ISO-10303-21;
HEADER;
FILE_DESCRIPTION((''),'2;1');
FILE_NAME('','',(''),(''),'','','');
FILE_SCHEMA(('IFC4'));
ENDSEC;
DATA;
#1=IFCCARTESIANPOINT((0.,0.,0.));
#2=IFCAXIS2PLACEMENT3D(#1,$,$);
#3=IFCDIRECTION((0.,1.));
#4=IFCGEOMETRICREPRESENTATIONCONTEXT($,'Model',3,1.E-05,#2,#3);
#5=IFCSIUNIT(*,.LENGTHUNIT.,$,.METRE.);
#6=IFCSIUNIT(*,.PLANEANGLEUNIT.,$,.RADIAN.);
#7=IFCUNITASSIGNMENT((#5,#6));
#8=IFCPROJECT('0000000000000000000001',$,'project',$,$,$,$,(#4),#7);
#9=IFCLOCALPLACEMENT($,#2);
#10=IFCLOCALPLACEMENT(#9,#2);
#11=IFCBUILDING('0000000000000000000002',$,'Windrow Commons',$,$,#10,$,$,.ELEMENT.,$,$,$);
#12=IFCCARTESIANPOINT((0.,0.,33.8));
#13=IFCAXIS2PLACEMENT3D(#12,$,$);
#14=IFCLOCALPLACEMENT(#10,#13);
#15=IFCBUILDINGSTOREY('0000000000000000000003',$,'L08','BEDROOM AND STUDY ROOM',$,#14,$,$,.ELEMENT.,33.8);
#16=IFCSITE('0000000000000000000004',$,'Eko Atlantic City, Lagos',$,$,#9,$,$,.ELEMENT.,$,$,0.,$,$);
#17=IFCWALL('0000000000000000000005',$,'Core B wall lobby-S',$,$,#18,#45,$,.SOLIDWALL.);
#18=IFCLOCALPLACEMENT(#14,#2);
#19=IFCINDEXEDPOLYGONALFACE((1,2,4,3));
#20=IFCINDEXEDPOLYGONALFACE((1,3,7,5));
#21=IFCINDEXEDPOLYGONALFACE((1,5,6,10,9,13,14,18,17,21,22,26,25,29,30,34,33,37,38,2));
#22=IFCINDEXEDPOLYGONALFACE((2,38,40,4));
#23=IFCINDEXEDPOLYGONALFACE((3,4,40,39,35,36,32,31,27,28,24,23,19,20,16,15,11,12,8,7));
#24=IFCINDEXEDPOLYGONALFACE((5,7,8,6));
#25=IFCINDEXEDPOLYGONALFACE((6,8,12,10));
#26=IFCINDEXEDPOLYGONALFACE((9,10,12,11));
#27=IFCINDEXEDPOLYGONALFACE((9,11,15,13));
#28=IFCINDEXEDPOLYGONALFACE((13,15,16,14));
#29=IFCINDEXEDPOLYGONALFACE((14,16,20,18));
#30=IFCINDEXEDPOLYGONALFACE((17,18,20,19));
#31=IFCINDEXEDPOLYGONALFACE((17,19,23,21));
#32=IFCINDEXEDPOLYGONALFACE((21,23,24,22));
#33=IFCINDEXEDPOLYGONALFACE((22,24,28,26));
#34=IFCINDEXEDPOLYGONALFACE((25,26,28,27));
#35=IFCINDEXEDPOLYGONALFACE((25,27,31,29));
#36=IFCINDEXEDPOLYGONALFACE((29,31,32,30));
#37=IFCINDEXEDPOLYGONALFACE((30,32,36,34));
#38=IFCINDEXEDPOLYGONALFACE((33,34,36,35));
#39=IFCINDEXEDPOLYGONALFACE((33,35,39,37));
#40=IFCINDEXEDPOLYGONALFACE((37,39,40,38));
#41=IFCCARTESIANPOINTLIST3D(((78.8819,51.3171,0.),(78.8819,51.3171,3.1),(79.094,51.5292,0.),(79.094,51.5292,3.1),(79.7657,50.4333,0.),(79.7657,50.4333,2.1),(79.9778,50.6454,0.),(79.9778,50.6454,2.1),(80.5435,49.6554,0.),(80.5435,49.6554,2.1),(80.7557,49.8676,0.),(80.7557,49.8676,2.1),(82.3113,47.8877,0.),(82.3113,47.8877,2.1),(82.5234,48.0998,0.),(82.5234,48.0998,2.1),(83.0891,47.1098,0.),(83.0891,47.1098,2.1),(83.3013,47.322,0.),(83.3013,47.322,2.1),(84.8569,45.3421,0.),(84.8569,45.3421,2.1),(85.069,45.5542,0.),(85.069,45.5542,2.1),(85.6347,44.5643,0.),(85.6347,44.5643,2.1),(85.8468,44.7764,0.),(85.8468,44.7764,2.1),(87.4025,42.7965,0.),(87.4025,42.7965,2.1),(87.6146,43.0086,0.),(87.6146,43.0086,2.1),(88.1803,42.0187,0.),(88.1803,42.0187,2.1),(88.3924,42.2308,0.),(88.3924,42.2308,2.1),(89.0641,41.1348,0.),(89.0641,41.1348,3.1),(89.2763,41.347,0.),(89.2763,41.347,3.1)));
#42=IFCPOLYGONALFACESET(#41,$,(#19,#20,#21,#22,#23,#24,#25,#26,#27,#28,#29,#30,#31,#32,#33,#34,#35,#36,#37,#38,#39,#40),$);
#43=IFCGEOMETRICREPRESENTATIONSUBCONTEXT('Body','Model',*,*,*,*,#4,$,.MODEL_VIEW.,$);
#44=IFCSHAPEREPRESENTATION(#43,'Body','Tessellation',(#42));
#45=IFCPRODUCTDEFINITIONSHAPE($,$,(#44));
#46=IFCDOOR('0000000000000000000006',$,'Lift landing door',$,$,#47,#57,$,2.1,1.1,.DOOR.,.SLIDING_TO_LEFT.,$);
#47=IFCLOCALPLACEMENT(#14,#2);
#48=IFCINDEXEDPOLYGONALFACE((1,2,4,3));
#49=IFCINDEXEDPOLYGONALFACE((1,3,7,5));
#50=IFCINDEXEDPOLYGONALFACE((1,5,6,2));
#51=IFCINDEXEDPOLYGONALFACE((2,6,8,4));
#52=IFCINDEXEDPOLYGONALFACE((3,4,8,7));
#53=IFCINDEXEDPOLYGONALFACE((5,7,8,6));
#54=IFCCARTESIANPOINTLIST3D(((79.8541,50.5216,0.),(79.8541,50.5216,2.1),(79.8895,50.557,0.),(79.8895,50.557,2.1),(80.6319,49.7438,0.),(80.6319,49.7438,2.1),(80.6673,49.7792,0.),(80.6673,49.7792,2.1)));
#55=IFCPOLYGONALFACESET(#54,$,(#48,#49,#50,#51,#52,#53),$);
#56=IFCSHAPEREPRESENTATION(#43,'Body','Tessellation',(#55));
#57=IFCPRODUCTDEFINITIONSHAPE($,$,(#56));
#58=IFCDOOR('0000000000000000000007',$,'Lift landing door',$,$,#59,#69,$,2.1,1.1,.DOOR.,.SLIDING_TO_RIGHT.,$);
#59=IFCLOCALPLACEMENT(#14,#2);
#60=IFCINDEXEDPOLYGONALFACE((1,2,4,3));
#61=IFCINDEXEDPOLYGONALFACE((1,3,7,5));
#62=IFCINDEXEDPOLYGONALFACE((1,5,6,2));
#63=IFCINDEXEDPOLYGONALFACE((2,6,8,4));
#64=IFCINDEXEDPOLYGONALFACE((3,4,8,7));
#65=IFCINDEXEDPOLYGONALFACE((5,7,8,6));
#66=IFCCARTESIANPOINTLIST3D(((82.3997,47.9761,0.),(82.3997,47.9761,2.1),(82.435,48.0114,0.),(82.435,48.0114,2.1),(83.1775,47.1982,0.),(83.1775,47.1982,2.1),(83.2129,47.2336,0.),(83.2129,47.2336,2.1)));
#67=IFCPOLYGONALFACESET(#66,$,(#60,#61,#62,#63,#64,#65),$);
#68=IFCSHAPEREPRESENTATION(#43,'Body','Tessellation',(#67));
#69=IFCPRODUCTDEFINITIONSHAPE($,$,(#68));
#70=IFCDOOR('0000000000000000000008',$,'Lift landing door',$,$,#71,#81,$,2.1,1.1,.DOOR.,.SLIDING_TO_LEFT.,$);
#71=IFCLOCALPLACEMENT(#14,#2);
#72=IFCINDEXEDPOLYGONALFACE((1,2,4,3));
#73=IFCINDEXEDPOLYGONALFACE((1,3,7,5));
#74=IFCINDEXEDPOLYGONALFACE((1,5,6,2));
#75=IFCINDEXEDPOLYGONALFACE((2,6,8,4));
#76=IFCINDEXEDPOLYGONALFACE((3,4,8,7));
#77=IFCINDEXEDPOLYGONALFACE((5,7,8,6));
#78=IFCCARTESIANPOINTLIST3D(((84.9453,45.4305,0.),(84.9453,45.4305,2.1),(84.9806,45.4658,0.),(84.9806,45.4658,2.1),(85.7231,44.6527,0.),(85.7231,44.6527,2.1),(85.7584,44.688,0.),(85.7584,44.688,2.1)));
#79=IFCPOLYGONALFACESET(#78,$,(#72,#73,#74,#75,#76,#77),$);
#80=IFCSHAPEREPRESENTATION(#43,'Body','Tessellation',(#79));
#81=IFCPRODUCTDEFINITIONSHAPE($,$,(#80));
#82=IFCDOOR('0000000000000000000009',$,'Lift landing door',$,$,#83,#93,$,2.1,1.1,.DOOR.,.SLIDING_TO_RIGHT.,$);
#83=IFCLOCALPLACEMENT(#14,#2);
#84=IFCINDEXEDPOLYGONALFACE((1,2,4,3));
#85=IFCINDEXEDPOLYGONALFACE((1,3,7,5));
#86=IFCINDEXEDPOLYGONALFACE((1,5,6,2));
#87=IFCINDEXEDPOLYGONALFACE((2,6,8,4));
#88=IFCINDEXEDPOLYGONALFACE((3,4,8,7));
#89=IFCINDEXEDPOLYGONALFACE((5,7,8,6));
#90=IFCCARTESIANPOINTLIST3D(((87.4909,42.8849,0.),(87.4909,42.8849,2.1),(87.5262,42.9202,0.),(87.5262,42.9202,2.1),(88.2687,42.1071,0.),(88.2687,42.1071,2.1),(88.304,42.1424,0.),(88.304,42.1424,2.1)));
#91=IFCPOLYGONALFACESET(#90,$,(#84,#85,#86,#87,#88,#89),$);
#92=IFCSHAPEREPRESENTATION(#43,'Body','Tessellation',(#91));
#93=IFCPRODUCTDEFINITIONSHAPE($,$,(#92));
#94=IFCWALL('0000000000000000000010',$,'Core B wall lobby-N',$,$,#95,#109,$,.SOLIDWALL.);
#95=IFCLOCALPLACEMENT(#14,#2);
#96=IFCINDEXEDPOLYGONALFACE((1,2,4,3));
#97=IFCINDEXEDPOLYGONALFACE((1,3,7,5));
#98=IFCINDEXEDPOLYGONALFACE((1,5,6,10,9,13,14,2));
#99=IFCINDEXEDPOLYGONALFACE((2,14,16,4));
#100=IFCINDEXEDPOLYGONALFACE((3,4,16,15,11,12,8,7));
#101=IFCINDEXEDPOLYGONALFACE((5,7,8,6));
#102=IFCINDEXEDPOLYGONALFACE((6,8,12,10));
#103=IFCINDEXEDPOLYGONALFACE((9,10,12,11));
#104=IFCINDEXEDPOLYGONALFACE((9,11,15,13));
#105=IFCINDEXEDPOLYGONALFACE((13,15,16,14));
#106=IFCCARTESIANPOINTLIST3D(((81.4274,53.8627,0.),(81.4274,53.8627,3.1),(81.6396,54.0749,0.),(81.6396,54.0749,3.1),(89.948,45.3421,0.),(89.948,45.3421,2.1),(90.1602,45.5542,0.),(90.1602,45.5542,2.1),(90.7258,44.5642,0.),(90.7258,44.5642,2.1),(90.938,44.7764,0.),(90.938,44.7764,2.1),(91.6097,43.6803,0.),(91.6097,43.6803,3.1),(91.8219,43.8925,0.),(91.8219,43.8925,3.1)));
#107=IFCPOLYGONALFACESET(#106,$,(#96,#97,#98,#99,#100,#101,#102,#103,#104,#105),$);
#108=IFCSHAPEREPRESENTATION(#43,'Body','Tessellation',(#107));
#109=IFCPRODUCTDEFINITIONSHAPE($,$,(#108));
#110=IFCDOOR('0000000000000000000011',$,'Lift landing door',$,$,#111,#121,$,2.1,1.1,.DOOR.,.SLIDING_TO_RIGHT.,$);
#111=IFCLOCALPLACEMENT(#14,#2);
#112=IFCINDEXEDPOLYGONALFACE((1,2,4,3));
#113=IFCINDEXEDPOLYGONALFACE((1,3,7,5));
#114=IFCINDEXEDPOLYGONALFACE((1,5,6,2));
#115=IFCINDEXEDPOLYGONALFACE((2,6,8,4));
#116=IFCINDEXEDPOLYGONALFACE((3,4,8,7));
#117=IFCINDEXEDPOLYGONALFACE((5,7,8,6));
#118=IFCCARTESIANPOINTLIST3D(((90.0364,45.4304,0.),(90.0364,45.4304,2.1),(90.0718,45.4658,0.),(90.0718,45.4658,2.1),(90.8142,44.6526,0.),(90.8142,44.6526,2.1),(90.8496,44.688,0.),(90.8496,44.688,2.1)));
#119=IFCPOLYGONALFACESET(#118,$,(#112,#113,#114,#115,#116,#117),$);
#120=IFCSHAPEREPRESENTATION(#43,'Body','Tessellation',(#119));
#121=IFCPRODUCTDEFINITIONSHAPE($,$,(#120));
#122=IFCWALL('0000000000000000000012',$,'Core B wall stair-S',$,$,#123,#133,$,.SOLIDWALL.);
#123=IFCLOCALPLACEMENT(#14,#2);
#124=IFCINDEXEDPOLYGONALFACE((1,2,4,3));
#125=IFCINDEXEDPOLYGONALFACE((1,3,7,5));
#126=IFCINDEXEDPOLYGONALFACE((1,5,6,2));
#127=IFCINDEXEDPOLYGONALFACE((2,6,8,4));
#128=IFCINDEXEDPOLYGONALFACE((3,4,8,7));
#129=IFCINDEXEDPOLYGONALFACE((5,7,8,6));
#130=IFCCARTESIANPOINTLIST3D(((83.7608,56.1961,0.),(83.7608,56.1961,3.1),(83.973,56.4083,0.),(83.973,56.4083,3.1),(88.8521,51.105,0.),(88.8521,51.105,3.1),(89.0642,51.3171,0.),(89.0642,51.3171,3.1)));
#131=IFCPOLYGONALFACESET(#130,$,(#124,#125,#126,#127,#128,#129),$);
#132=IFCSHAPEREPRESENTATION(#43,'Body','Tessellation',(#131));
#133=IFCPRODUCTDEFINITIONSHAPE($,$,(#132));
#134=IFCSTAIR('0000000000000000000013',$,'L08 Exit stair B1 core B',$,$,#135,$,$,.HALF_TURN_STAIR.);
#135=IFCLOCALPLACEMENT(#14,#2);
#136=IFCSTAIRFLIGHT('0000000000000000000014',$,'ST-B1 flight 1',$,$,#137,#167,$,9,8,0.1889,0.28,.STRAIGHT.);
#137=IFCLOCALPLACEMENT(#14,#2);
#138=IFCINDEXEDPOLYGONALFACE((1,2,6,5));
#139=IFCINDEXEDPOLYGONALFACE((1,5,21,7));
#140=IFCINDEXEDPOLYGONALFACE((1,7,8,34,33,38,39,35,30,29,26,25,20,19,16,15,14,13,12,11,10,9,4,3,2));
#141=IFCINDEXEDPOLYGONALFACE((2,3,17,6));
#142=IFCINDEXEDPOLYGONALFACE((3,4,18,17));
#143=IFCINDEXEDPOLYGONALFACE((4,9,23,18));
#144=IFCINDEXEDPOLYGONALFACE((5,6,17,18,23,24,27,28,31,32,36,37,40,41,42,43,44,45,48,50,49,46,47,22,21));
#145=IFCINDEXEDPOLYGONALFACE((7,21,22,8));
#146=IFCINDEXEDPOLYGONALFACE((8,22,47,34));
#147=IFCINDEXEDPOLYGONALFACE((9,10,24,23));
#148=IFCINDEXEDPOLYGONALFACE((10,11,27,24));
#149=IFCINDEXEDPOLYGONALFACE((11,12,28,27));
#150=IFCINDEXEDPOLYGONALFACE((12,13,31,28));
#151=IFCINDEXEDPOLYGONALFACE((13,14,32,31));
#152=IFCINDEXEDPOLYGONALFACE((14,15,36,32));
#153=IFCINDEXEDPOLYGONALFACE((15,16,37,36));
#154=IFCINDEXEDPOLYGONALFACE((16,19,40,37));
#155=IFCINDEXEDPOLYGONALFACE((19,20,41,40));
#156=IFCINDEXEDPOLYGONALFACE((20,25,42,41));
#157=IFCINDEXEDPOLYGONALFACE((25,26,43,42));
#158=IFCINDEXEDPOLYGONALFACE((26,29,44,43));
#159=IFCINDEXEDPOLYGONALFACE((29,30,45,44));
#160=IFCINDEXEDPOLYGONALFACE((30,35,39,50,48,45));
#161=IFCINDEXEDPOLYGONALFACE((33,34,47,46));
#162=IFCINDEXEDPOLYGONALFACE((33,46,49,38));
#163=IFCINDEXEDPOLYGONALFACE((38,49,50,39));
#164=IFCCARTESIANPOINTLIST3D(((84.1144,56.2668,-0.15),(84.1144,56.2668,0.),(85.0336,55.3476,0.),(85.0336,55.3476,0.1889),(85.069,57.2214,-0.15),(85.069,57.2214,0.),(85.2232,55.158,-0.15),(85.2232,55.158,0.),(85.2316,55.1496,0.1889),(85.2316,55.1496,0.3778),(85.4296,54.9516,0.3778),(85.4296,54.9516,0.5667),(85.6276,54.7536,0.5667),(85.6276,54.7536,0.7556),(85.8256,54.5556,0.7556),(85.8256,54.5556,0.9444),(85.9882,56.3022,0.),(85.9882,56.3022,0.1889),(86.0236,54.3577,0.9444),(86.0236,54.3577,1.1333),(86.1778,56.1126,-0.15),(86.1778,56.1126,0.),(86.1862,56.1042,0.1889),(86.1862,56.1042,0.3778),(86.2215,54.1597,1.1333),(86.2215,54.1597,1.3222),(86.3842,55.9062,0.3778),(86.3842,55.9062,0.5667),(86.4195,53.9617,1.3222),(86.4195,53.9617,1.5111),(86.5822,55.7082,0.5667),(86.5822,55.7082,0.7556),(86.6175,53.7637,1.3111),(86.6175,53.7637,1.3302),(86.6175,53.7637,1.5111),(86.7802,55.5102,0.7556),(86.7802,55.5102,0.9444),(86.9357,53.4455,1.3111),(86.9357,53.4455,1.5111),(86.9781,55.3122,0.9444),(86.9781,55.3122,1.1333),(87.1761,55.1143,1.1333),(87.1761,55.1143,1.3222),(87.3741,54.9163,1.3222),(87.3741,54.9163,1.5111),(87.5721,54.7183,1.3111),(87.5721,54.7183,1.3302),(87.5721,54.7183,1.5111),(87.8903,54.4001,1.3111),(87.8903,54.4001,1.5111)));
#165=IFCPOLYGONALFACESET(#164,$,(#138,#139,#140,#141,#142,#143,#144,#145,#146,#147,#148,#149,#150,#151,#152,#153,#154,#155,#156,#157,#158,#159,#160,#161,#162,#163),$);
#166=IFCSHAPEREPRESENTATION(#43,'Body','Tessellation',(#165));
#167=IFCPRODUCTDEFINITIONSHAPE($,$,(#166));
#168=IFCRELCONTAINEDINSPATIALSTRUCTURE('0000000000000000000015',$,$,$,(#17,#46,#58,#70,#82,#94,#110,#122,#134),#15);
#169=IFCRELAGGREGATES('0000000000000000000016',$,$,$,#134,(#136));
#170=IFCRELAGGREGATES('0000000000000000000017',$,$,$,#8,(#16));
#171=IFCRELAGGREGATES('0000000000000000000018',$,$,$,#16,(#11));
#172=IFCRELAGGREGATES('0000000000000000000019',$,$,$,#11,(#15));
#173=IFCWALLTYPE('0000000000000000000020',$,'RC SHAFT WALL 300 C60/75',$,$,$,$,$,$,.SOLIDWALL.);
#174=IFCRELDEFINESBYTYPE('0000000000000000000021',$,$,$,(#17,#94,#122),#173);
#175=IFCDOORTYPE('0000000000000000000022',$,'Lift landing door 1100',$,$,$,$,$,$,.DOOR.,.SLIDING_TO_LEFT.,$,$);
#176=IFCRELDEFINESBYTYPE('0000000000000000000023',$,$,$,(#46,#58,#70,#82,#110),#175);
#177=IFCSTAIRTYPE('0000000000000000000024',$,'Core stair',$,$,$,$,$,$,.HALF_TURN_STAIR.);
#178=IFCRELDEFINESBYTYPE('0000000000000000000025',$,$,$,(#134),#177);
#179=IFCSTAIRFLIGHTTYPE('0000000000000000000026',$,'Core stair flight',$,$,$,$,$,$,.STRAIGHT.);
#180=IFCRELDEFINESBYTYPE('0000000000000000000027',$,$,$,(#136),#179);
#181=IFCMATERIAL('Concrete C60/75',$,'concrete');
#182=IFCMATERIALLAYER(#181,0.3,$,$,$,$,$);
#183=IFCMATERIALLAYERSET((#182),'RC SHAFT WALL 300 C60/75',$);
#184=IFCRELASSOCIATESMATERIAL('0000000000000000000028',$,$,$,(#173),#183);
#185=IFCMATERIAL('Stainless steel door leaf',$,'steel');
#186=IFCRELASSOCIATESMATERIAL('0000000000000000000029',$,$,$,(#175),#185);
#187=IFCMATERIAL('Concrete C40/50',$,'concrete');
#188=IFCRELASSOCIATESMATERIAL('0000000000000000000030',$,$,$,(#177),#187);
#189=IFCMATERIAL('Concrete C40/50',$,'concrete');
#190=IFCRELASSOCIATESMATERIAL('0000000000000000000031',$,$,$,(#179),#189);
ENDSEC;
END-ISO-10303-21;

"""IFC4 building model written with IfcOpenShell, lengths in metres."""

from ifc_helpers import new_model, si_unit, direction, frame, frame_2d, origin, place, context, subcontext, project, spatial, polyline, rectangle, outline, extrude, material, layer, layer_set, type_object, element, fill, aggregate, save


model = new_model("IFC4")

# Units and contexts
model_context = context("Model", 3, precision=1e-05, world=origin(), true_north=direction((0.0, 1.0)))
body_context = subcontext(model_context, "Body", "Model", "MODEL_VIEW")
ifc_project = project(units=[si_unit("LENGTHUNIT", "METRE"), si_unit("PLANEANGLEUNIT", "RADIAN")], contexts=[model_context])

# Site, building, storey
site_placement = place(None, origin())
site = spatial("IfcSite", under=ifc_project, at=site_placement, Name="Eko Atlantic City, Lagos", CompositionType="ELEMENT", RefElevation=0.0)
building_placement = place(site_placement, origin())
building = spatial("IfcBuilding", under=site, at=building_placement, Name="Windrow Commons", CompositionType="ELEMENT")
storey_placement = place(building_placement, frame((0.0, 0.0, 33.8)))
storey = spatial("IfcBuildingStorey", under=building, at=storey_placement, Name="L08", Description="BEDROOM AND STUDY ROOM", CompositionType="ELEMENT", Elevation=33.8)

# Shared definitions
ifc_material_1 = material(Name="Concrete C60/75", Category="concrete")
ifc_layer_1 = layer(ifc_material_1, 0.3)
ifc_layer_set_1 = layer_set([ifc_layer_1], Name="RC SHAFT WALL 300 C60/75")
wall_type_1 = type_object("IfcWallType", Name="RC SHAFT WALL 300 C60/75", PredefinedType="SOLIDWALL", material=ifc_layer_set_1)

# Wall, openings, doors
wall_1_placement = place(storey_placement, frame((78.9879, 51.4232, 0.0), z_axis=(0.0, 0.0, 1.0), x_axis=(0.707107, -0.707107, 0.0)))
wall_1 = element("IfcWall", 1, at=wall_1_placement, inside=storey, type_object=wall_type_1, Name="Core B wall lobby-S", PredefinedType="SOLIDWALL", context=body_context, shape_type="SweptSolid", body=[
    extrude(rectangle(XDim=14.3999, YDim=0.3, at=frame_2d((7.2, 0.0))), origin(), (0.0, 0.0, 1.0), 3.1),
])
opening_1_placement = place(wall_1_placement, frame((1.25, 0.0, 0.0)))
opening_1 = element("IfcOpeningElement", 2, at=opening_1_placement, cuts=wall_1, PredefinedType="OPENING", context=body_context, shape_type="SweptSolid", body=[
    extrude(rectangle(XDim=1.1, YDim=2.1, at=frame_2d((0.55, 1.05))), frame((0.0, 0.16, 0.0), z_axis=(0.0, -1.0, 0.0), x_axis=(1.0, 0.0, 0.0)), (0.0, 0.0, 1.0), 0.32),
])
opening_2_placement = place(wall_1_placement, frame((4.85, 0.0, 0.0)))
opening_2 = element("IfcOpeningElement", 3, at=opening_2_placement, cuts=wall_1, PredefinedType="OPENING", context=body_context, shape_type="SweptSolid", body=[
    extrude(rectangle(XDim=1.1, YDim=2.1, at=frame_2d((0.55, 1.05))), frame((0.0, 0.16, 0.0), z_axis=(0.0, -1.0, 0.0), x_axis=(1.0, 0.0, 0.0)), (0.0, 0.0, 1.0), 0.32),
])
opening_3_placement = place(wall_1_placement, frame((8.45, 0.0, 0.0)))
opening_3 = element("IfcOpeningElement", 4, at=opening_3_placement, cuts=wall_1, PredefinedType="OPENING", context=body_context, shape_type="SweptSolid", body=[
    extrude(rectangle(XDim=1.1, YDim=2.1, at=frame_2d((0.55, 1.05))), frame((0.0, 0.16, 0.0), z_axis=(0.0, -1.0, 0.0), x_axis=(1.0, 0.0, 0.0)), (0.0, 0.0, 1.0), 0.32),
])
opening_4_placement = place(wall_1_placement, frame((12.05, 0.0, 0.0)))
opening_4 = element("IfcOpeningElement", 5, at=opening_4_placement, cuts=wall_1, PredefinedType="OPENING", context=body_context, shape_type="SweptSolid", body=[
    extrude(rectangle(XDim=1.1, YDim=2.1, at=frame_2d((0.55, 1.05))), frame((0.0, 0.16, 0.0), z_axis=(0.0, -1.0, 0.0), x_axis=(1.0, 0.0, 0.0)), (0.0, 0.0, 1.0), 0.32),
])
ifc_material_2 = material(Name="Stainless steel door leaf", Category="steel")
door_type_1 = type_object("IfcDoorType", Name="Lift landing door 1100", OperationType="SLIDING_TO_LEFT", PredefinedType="DOOR", material=ifc_material_2)
door_1_placement = place(opening_1_placement, origin())
door_1 = element("IfcDoor", 6, at=door_1_placement, inside=storey, type_object=door_type_1, Name="Lift landing door", OperationType="SLIDING_TO_LEFT", OverallHeight=2.1, OverallWidth=1.1, PredefinedType="DOOR", context=body_context, shape_type="SweptSolid", body=[
    extrude(rectangle(XDim=1.1, YDim=2.1, at=frame_2d((0.55, 1.05))), frame((0.0, 0.025, 0.0), z_axis=(0.0, -1.0, 0.0), x_axis=(1.0, 0.0, 0.0)), (0.0, 0.0, 1.0), 0.05),
])
fill(opening_1, door_1)
door_2_placement = place(opening_2_placement, origin())
door_2 = element("IfcDoor", 7, at=door_2_placement, inside=storey, type_object=door_type_1, Name="Lift landing door", OperationType="SLIDING_TO_RIGHT", OverallHeight=2.1, OverallWidth=1.1, PredefinedType="DOOR", context=body_context, shape_type="SweptSolid", body=[
    extrude(rectangle(XDim=1.1, YDim=2.1, at=frame_2d((0.55, 1.05))), frame((0.0, 0.025, 0.0), z_axis=(0.0, -1.0, 0.0), x_axis=(1.0, 0.0, 0.0)), (0.0, 0.0, 1.0), 0.05),
])
fill(opening_2, door_2)
door_3_placement = place(opening_3_placement, origin())
door_3 = element("IfcDoor", 8, at=door_3_placement, inside=storey, type_object=door_type_1, Name="Lift landing door", OperationType="SLIDING_TO_LEFT", OverallHeight=2.1, OverallWidth=1.1, PredefinedType="DOOR", context=body_context, shape_type="SweptSolid", body=[
    extrude(rectangle(XDim=1.1, YDim=2.1, at=frame_2d((0.55, 1.05))), frame((0.0, 0.025, 0.0), z_axis=(0.0, -1.0, 0.0), x_axis=(1.0, 0.0, 0.0)), (0.0, 0.0, 1.0), 0.05),
])
fill(opening_3, door_3)
door_4_placement = place(opening_4_placement, origin())
door_4 = element("IfcDoor", 9, at=door_4_placement, inside=storey, type_object=door_type_1, Name="Lift landing door", OperationType="SLIDING_TO_RIGHT", OverallHeight=2.1, OverallWidth=1.1, PredefinedType="DOOR", context=body_context, shape_type="SweptSolid", body=[
    extrude(rectangle(XDim=1.1, YDim=2.1, at=frame_2d((0.55, 1.05))), frame((0.0, 0.025, 0.0), z_axis=(0.0, -1.0, 0.0), x_axis=(1.0, 0.0, 0.0)), (0.0, 0.0, 1.0), 0.05),
])
fill(opening_4, door_4)

# Wall, opening, door
wall_2_placement = place(storey_placement, frame((81.5335, 53.9688, 0.0), z_axis=(0.0, 0.0, 1.0), x_axis=(0.707103, -0.70711, 0.0)))
wall_2 = element("IfcWall", 10, at=wall_2_placement, inside=storey, type_object=wall_type_1, Name="Core B wall lobby-N", PredefinedType="SOLIDWALL", context=body_context, shape_type="SweptSolid", body=[
    extrude(rectangle(XDim=14.4, YDim=0.3, at=frame_2d((7.2, 0.0))), origin(), (0.0, 0.0, 1.0), 3.1),
])
opening_5_placement = place(wall_2_placement, frame((12.05, 0.0, 0.0)))
opening_5 = element("IfcOpeningElement", 11, at=opening_5_placement, cuts=wall_2, PredefinedType="OPENING", context=body_context, shape_type="SweptSolid", body=[
    extrude(rectangle(XDim=1.1, YDim=2.1, at=frame_2d((0.55, 1.05))), frame((0.0, 0.16, 0.0), z_axis=(0.0, -1.0, 0.0), x_axis=(1.0, 0.0, 0.0)), (0.0, 0.0, 1.0), 0.32),
])
door_5_placement = place(opening_5_placement, origin())
door_5 = element("IfcDoor", 12, at=door_5_placement, inside=storey, type_object=door_type_1, Name="Lift landing door", OperationType="SLIDING_TO_RIGHT", OverallHeight=2.1, OverallWidth=1.1, PredefinedType="DOOR", context=body_context, shape_type="SweptSolid", body=[
    extrude(rectangle(XDim=1.1, YDim=2.1, at=frame_2d((0.55, 1.05))), frame((0.0, 0.025, 0.0), z_axis=(0.0, -1.0, 0.0), x_axis=(1.0, 0.0, 0.0)), (0.0, 0.0, 1.0), 0.05),
])
fill(opening_5, door_5)

# Wall
wall_3_placement = place(storey_placement, frame((83.8669, 56.3022, 0.0), z_axis=(0.0, 0.0, 1.0), x_axis=(0.707114, -0.7071, 0.0)))
element("IfcWall", 13, at=wall_3_placement, inside=storey, type_object=wall_type_1, Name="Core B wall stair-S", PredefinedType="SOLIDWALL", context=body_context, shape_type="SweptSolid", body=[
    extrude(rectangle(XDim=7.2, YDim=0.3, at=frame_2d((3.6, 0.0))), origin(), (0.0, 0.0, 1.0), 3.1),
])

# Stair, stair flight
ifc_material_3 = material(Name="Concrete C40/50", Category="concrete")
stair_type = type_object("IfcStairType", Name="Core stair", PredefinedType="HALF_TURN_STAIR", material=ifc_material_3)
stair_placement = place(storey_placement, origin())
stair = element("IfcStair", 14, at=stair_placement, inside=storey, type_object=stair_type, Name="L08 Exit stair B1 core B", PredefinedType="HALF_TURN_STAIR")
ifc_material_4 = material(Name="Concrete C40/50", Category="concrete")
stair_flight_type = type_object("IfcStairFlightType", Name="Core stair flight", PredefinedType="STRAIGHT", material=ifc_material_4)
stair_flight_placement = place(storey_placement, frame((85.5109, 55.8249, 0.0), z_axis=(0.0, 0.0, 1.0), x_axis=(0.707107, -0.707107, 0.0)))
stair_flight = element("IfcStairFlight", 15, at=stair_flight_placement, type_object=stair_flight_type, Name="ST-B1 flight 1", NumberOfRisers=9, NumberOfTreads=8, PredefinedType="STRAIGHT", RiserHeight=0.1889, TreadLength=0.28, context=body_context, shape_type="SweptSolid", body=[
    extrude(outline(polyline([(-1.3, -0.15), (-1.3, 0.0), (0.0, 0.0), (0.0, 0.1889), (0.28, 0.1889), (0.28, 0.3778), (0.56, 0.3778), (0.56, 0.5667), (0.84, 0.5667), (0.84, 0.7556), (1.12, 0.7556), (1.12, 0.9444), (1.4, 0.9444), (1.4, 1.1333), (1.68, 1.1333), (1.68, 1.3222), (1.96, 1.3222), (1.96, 1.5111), (2.24, 1.5111), (2.69, 1.5111), (2.69, 1.3111), (2.24, 1.3111), (2.24, 1.3302), (0.2682, 0.0), (0.2682, -0.15), (-1.3, -0.15)])), frame((0.0, 0.675, 0.0), z_axis=(0.0, -1.0, 0.0), x_axis=(1.0, 0.0, 0.0)), (0.0, 0.0, 1.0), 1.35),
])
aggregate(stair, [stair_flight])

save(model, "model.ifc")
